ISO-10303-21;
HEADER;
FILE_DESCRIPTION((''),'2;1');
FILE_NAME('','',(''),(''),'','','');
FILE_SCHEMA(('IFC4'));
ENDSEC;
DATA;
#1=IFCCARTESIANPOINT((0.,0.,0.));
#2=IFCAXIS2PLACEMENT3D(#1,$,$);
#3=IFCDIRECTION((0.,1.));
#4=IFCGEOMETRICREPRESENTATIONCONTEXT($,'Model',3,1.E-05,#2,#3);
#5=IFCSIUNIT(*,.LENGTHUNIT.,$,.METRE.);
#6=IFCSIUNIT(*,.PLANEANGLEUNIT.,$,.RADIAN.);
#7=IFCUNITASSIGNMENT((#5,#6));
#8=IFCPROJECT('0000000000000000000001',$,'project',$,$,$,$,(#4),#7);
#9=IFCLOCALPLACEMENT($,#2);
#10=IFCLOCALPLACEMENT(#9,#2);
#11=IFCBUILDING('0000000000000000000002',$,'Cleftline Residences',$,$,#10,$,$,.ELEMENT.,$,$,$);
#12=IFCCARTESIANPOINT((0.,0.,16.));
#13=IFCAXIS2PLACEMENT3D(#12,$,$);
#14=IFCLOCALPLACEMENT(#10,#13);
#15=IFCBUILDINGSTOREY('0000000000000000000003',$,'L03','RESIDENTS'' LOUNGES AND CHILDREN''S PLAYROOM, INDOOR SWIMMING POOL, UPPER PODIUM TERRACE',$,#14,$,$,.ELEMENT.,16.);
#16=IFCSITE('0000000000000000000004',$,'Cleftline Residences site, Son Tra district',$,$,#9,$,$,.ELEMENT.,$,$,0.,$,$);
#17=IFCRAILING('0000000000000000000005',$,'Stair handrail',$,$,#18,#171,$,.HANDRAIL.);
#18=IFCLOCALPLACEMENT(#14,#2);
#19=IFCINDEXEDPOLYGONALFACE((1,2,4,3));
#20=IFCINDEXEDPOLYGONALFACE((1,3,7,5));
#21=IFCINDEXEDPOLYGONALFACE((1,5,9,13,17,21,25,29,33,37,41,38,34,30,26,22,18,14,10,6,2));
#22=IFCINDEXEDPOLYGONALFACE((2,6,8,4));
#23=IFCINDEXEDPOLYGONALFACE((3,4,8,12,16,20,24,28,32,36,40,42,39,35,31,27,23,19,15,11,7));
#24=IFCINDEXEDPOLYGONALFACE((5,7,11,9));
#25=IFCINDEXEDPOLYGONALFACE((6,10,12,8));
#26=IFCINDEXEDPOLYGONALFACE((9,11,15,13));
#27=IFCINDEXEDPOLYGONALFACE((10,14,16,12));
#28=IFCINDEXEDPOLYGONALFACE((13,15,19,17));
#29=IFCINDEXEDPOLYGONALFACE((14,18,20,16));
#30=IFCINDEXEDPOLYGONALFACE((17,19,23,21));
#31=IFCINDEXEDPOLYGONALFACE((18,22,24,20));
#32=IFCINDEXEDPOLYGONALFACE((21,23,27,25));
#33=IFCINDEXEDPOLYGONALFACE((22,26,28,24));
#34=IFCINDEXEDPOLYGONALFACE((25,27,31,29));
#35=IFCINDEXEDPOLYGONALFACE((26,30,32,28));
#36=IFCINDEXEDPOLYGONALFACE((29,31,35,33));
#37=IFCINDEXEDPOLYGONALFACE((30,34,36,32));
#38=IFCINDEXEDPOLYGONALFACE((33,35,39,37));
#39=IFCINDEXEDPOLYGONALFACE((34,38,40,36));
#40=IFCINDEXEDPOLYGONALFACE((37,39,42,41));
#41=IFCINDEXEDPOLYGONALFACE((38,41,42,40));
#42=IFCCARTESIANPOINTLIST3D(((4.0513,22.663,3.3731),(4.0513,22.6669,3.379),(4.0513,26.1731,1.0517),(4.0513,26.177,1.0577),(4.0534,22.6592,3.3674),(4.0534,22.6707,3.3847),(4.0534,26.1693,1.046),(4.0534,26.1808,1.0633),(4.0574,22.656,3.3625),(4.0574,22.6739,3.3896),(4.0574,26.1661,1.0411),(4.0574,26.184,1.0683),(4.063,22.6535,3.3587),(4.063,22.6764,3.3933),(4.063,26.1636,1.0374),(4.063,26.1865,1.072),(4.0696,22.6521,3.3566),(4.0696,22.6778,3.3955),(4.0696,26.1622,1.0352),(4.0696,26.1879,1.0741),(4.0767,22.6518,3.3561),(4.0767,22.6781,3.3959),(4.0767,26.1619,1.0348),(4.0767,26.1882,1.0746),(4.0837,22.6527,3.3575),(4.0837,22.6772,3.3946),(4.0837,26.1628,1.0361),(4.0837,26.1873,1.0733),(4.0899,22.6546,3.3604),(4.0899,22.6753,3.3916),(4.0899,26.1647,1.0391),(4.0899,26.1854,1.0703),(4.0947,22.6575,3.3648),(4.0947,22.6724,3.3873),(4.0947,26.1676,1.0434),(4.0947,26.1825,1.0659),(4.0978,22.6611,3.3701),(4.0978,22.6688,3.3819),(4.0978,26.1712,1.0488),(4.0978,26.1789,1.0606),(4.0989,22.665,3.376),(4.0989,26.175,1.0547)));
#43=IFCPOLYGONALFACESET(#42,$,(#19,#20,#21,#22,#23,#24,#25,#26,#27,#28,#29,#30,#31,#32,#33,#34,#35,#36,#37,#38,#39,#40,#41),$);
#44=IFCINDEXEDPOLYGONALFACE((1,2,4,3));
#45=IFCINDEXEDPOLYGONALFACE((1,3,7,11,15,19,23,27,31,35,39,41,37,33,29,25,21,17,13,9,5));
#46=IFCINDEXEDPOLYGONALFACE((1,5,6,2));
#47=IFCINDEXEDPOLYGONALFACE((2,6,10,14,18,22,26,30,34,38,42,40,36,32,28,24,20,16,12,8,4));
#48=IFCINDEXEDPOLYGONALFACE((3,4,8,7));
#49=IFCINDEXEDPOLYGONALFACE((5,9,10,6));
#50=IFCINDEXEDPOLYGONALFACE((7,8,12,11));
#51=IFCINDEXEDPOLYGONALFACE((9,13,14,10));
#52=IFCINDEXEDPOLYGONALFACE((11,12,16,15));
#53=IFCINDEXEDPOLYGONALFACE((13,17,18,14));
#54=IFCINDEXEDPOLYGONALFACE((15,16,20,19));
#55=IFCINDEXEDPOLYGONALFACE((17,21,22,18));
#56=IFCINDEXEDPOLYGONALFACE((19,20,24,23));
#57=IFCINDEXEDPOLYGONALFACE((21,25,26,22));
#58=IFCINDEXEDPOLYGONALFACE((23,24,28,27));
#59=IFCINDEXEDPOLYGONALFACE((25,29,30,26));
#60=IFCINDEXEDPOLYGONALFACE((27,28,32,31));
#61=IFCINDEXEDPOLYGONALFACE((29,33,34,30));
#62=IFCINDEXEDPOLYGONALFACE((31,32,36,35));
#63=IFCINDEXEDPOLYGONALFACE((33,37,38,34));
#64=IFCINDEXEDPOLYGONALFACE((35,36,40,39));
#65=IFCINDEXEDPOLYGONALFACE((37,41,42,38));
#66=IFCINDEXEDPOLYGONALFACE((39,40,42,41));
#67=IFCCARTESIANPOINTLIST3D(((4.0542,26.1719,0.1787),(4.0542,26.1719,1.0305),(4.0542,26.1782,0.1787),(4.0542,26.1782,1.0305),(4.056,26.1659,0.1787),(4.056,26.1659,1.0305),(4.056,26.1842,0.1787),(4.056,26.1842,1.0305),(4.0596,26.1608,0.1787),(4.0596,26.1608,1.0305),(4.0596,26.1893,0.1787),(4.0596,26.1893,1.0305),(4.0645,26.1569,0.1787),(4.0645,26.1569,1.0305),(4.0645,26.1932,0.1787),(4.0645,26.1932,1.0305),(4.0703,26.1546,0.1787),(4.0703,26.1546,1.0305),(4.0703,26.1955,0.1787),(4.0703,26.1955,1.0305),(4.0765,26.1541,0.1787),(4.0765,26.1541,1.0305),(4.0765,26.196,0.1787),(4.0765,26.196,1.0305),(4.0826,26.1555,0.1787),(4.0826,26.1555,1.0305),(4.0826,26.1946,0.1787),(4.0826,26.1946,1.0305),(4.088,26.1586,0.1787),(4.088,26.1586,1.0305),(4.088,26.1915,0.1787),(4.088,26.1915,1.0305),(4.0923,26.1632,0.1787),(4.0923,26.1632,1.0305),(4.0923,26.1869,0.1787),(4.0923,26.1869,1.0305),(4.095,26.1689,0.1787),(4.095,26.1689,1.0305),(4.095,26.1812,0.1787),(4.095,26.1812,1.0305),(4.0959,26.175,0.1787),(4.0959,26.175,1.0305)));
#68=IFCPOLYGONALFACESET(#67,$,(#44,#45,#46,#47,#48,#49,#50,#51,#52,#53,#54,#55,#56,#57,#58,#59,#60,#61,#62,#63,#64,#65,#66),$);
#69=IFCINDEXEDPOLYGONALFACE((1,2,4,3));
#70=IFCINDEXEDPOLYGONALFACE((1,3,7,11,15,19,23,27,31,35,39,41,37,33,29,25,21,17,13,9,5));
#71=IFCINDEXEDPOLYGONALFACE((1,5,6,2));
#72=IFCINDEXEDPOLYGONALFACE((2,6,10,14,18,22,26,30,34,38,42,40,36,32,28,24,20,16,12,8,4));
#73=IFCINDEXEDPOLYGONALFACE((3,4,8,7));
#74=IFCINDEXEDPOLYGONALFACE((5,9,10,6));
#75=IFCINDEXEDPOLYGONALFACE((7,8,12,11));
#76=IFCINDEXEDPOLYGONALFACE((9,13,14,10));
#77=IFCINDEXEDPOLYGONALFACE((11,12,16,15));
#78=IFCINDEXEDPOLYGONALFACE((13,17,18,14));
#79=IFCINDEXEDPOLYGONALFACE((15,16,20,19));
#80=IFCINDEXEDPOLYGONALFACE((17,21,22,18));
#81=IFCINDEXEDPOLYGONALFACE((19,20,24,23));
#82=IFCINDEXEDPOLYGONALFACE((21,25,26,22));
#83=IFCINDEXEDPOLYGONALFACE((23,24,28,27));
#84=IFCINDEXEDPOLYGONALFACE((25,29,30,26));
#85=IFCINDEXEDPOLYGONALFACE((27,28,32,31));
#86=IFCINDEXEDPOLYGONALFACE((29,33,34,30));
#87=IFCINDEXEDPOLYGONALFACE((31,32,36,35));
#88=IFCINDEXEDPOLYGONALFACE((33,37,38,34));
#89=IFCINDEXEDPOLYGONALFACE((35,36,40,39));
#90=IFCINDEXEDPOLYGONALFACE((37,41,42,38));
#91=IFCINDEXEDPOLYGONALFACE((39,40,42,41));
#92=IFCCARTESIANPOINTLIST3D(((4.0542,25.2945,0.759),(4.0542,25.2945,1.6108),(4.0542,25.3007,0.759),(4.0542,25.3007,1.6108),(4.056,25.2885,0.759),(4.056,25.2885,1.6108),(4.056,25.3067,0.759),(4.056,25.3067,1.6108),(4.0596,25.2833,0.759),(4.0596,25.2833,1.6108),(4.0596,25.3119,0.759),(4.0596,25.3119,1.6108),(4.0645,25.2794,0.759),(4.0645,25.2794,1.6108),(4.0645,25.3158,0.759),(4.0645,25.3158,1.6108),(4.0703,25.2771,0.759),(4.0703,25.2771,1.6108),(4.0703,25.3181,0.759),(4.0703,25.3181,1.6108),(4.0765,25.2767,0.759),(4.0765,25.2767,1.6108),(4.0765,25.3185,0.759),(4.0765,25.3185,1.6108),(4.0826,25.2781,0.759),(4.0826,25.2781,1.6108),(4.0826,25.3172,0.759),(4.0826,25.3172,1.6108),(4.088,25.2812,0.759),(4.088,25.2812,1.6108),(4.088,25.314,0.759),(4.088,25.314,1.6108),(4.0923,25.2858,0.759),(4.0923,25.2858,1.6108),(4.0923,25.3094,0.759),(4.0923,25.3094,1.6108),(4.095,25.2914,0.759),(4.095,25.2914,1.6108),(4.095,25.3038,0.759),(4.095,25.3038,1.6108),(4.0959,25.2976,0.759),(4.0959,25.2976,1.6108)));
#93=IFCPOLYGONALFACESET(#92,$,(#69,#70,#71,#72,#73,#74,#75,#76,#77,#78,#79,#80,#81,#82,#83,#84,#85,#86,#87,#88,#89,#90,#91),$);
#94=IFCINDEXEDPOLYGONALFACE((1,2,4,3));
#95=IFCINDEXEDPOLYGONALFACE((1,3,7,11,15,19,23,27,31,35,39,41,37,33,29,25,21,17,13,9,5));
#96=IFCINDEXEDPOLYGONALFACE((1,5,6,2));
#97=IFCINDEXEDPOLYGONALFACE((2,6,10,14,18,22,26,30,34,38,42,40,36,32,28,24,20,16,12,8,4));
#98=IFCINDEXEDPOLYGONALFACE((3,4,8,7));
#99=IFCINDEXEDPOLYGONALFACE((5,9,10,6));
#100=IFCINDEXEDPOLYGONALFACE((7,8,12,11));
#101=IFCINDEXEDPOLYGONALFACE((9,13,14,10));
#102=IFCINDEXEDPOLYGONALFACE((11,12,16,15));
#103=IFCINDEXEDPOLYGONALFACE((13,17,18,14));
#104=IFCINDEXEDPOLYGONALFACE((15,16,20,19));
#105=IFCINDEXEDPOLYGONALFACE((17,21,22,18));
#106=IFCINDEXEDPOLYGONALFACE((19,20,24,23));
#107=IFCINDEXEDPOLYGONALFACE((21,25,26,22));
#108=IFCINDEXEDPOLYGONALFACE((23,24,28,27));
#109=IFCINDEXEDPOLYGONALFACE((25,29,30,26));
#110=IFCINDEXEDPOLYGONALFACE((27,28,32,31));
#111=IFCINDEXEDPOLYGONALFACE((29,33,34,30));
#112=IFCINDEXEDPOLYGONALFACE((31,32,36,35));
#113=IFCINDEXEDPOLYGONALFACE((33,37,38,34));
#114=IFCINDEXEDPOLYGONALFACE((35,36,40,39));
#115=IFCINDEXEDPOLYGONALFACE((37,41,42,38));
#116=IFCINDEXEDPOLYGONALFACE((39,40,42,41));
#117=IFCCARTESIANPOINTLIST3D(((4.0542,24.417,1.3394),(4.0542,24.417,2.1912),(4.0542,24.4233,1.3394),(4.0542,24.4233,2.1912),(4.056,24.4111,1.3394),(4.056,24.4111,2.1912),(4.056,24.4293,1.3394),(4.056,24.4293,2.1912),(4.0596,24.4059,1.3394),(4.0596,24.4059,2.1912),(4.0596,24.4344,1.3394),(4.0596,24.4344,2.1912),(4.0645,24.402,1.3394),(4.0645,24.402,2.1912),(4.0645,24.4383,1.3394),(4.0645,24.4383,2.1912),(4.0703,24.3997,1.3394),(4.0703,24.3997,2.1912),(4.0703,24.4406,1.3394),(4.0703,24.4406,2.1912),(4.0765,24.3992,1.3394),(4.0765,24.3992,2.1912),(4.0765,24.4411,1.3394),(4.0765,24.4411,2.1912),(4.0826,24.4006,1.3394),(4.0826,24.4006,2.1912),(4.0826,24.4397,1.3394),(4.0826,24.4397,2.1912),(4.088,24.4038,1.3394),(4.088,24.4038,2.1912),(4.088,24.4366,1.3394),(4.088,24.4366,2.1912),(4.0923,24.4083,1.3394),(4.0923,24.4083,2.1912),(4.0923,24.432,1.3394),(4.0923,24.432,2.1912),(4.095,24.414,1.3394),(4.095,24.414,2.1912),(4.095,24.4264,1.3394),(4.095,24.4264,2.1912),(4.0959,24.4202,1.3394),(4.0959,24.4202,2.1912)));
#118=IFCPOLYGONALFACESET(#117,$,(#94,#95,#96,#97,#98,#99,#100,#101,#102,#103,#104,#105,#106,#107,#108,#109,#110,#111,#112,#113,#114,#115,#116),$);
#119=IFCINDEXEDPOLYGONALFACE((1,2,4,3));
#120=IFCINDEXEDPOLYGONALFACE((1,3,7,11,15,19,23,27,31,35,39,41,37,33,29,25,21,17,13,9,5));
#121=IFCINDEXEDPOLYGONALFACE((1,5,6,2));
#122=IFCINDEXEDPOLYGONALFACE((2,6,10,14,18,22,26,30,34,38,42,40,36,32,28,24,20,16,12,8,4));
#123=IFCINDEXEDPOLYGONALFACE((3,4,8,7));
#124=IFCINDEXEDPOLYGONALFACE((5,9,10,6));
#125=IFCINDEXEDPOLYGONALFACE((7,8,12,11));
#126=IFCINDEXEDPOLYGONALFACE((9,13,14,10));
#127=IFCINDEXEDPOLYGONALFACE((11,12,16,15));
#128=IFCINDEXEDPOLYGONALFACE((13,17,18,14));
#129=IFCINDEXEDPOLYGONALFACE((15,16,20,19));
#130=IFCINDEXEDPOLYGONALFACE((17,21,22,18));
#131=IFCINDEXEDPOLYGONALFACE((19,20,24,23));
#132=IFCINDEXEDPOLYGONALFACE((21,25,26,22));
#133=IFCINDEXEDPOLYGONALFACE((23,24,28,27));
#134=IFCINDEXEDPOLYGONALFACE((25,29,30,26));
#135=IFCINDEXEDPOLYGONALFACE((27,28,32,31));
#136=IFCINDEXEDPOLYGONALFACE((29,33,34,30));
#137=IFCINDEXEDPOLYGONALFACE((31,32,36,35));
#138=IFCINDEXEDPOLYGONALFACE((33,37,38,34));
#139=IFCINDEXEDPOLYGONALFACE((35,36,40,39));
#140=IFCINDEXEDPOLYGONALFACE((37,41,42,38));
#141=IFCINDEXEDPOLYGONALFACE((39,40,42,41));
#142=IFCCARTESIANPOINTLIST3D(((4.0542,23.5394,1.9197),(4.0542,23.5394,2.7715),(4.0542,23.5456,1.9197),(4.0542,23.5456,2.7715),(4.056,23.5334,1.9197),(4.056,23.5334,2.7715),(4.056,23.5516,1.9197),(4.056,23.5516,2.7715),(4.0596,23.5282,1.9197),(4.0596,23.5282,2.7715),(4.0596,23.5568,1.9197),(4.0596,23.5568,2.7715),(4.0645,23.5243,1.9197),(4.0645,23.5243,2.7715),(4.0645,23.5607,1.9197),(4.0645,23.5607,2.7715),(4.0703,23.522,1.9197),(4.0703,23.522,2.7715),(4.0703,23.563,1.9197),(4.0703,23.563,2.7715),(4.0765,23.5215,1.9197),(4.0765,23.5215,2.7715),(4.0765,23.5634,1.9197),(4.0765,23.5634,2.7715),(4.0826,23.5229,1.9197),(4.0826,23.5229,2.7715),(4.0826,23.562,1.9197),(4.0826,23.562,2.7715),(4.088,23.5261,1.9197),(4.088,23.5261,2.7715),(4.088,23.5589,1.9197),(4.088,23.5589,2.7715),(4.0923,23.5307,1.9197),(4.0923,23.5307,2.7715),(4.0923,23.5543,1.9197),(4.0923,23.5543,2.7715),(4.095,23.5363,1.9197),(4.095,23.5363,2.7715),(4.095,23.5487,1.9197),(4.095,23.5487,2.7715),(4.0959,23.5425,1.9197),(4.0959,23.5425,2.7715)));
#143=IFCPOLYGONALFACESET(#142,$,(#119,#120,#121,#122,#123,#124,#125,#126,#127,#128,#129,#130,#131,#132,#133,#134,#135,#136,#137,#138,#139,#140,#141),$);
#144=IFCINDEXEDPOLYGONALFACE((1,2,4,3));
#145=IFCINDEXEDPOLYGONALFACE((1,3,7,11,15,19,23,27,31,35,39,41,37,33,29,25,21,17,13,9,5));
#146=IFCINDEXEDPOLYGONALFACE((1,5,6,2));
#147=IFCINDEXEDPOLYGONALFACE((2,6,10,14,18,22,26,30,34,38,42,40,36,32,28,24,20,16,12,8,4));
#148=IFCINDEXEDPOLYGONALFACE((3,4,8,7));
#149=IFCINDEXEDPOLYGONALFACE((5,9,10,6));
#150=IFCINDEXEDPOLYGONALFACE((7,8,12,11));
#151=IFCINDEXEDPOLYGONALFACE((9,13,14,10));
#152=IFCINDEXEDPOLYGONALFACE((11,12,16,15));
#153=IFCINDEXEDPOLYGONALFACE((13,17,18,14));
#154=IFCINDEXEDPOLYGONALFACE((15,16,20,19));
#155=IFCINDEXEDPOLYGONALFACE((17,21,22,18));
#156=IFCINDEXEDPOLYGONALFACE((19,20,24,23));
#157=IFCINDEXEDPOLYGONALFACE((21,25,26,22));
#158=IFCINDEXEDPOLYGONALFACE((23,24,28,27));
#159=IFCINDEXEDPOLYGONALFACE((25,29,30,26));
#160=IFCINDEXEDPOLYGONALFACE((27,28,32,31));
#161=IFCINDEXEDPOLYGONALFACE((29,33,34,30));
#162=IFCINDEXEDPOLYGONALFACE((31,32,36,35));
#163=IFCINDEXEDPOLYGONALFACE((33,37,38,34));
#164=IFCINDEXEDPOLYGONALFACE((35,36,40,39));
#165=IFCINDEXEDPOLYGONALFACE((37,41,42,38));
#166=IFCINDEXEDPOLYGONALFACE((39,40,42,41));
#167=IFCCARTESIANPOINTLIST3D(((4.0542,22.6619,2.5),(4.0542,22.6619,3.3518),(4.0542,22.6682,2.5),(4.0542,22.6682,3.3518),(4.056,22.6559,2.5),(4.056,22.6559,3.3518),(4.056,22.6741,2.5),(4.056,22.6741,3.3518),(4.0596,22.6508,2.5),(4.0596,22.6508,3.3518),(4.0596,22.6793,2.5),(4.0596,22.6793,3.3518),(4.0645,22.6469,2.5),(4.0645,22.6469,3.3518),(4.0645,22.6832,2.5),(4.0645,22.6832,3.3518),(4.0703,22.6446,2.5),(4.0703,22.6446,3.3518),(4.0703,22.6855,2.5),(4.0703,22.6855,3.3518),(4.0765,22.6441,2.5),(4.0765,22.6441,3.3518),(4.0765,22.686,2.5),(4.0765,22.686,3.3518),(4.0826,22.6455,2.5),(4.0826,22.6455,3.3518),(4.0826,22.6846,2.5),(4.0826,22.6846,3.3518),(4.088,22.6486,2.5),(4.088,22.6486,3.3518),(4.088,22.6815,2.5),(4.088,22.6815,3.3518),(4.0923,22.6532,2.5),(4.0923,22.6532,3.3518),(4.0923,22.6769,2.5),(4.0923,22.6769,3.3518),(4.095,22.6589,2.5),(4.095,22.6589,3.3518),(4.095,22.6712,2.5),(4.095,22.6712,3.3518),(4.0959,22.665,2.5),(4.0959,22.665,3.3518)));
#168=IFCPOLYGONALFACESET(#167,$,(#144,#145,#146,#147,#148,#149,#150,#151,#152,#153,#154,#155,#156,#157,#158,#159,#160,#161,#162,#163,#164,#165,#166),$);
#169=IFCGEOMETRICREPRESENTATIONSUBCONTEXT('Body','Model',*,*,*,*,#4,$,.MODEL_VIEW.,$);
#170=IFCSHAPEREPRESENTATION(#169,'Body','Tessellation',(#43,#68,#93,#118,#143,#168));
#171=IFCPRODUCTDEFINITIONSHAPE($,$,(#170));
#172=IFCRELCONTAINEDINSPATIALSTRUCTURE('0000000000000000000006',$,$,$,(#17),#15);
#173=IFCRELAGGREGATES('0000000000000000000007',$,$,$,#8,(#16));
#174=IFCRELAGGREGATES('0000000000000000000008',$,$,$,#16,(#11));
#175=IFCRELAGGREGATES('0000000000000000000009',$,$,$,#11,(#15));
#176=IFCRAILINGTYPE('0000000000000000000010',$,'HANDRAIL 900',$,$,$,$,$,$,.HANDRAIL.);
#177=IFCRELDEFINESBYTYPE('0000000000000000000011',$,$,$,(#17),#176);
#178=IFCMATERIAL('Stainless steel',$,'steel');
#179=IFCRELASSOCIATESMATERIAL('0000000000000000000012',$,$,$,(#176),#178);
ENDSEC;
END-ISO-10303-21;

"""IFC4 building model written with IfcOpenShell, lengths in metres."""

from ifc_helpers import new_model, si_unit, direction, frame, origin, origin_2d, place, context, subcontext, project, spatial, circle, extrude, material, type_object, element, save


model = new_model("IFC4")

# Units and contexts
model_context = context("Model", 3, precision=1e-05, world=origin(), true_north=direction((0.0, 1.0)))
body_context = subcontext(model_context, "Body", "Model", "MODEL_VIEW")
ifc_project = project(units=[si_unit("LENGTHUNIT", "METRE"), si_unit("PLANEANGLEUNIT", "RADIAN")], contexts=[model_context])

# Site, building, storey
site_placement = place(None, origin())
site = spatial("IfcSite", under=ifc_project, at=site_placement, Name="Cleftline Residences site, Son Tra district", CompositionType="ELEMENT", RefElevation=0.0)
building_placement = place(site_placement, origin())
building = spatial("IfcBuilding", under=site, at=building_placement, Name="Cleftline Residences", CompositionType="ELEMENT")
storey_placement = place(building_placement, frame((0.0, 0.0, 16.0)))
storey = spatial("IfcBuildingStorey", under=building, at=storey_placement, Name="L03", Description="RESIDENTS' LOUNGES AND CHILDREN'S PLAYROOM, INDOOR SWIMMING POOL, UPPER PODIUM TERRACE", CompositionType="ELEMENT", Elevation=16.0)

# Railing
ifc_material_1 = material(Name="Stainless steel", Category="steel")
railing_type = type_object("IfcRailingType", Name="HANDRAIL 900", PredefinedType="HANDRAIL", material=ifc_material_1)
railing_placement = place(storey_placement, frame((4.075, 26.175, 0.1787)))
element("IfcRailing", 1, at=railing_placement, inside=storey, type_object=railing_type, Name="Stair handrail", PredefinedType="HANDRAIL", context=body_context, shape_type="SweptSolid", body=[
    extrude(circle(Radius=0.0239, at=origin_2d()), frame((0.0, 0.0, 0.876), z_axis=(0.0, -0.834097, 0.551617), x_axis=(1.0, 0.0, 0.0)), (0.0, 0.0, 1.0), 4.2083),
    extrude(circle(Radius=0.021, at=origin_2d()), origin(), (0.0, 0.0, 1.0), 0.8518),
    extrude(circle(Radius=0.021, at=origin_2d()), frame((0.0, -0.8774, 0.5803)), (0.0, 0.0, 1.0), 0.8518),
    extrude(circle(Radius=0.021, at=origin_2d()), frame((0.0, -1.7549, 1.1606)), (0.0, 0.0, 1.0), 0.8518),
    extrude(circle(Radius=0.021, at=origin_2d()), frame((0.0, -2.6326, 1.741)), (0.0, 0.0, 1.0), 0.8518),
    extrude(circle(Radius=0.021, at=origin_2d()), frame((0.0, -3.51, 2.3213)), (0.0, 0.0, 1.0), 0.8518),
])

save(model, "model.ifc")
